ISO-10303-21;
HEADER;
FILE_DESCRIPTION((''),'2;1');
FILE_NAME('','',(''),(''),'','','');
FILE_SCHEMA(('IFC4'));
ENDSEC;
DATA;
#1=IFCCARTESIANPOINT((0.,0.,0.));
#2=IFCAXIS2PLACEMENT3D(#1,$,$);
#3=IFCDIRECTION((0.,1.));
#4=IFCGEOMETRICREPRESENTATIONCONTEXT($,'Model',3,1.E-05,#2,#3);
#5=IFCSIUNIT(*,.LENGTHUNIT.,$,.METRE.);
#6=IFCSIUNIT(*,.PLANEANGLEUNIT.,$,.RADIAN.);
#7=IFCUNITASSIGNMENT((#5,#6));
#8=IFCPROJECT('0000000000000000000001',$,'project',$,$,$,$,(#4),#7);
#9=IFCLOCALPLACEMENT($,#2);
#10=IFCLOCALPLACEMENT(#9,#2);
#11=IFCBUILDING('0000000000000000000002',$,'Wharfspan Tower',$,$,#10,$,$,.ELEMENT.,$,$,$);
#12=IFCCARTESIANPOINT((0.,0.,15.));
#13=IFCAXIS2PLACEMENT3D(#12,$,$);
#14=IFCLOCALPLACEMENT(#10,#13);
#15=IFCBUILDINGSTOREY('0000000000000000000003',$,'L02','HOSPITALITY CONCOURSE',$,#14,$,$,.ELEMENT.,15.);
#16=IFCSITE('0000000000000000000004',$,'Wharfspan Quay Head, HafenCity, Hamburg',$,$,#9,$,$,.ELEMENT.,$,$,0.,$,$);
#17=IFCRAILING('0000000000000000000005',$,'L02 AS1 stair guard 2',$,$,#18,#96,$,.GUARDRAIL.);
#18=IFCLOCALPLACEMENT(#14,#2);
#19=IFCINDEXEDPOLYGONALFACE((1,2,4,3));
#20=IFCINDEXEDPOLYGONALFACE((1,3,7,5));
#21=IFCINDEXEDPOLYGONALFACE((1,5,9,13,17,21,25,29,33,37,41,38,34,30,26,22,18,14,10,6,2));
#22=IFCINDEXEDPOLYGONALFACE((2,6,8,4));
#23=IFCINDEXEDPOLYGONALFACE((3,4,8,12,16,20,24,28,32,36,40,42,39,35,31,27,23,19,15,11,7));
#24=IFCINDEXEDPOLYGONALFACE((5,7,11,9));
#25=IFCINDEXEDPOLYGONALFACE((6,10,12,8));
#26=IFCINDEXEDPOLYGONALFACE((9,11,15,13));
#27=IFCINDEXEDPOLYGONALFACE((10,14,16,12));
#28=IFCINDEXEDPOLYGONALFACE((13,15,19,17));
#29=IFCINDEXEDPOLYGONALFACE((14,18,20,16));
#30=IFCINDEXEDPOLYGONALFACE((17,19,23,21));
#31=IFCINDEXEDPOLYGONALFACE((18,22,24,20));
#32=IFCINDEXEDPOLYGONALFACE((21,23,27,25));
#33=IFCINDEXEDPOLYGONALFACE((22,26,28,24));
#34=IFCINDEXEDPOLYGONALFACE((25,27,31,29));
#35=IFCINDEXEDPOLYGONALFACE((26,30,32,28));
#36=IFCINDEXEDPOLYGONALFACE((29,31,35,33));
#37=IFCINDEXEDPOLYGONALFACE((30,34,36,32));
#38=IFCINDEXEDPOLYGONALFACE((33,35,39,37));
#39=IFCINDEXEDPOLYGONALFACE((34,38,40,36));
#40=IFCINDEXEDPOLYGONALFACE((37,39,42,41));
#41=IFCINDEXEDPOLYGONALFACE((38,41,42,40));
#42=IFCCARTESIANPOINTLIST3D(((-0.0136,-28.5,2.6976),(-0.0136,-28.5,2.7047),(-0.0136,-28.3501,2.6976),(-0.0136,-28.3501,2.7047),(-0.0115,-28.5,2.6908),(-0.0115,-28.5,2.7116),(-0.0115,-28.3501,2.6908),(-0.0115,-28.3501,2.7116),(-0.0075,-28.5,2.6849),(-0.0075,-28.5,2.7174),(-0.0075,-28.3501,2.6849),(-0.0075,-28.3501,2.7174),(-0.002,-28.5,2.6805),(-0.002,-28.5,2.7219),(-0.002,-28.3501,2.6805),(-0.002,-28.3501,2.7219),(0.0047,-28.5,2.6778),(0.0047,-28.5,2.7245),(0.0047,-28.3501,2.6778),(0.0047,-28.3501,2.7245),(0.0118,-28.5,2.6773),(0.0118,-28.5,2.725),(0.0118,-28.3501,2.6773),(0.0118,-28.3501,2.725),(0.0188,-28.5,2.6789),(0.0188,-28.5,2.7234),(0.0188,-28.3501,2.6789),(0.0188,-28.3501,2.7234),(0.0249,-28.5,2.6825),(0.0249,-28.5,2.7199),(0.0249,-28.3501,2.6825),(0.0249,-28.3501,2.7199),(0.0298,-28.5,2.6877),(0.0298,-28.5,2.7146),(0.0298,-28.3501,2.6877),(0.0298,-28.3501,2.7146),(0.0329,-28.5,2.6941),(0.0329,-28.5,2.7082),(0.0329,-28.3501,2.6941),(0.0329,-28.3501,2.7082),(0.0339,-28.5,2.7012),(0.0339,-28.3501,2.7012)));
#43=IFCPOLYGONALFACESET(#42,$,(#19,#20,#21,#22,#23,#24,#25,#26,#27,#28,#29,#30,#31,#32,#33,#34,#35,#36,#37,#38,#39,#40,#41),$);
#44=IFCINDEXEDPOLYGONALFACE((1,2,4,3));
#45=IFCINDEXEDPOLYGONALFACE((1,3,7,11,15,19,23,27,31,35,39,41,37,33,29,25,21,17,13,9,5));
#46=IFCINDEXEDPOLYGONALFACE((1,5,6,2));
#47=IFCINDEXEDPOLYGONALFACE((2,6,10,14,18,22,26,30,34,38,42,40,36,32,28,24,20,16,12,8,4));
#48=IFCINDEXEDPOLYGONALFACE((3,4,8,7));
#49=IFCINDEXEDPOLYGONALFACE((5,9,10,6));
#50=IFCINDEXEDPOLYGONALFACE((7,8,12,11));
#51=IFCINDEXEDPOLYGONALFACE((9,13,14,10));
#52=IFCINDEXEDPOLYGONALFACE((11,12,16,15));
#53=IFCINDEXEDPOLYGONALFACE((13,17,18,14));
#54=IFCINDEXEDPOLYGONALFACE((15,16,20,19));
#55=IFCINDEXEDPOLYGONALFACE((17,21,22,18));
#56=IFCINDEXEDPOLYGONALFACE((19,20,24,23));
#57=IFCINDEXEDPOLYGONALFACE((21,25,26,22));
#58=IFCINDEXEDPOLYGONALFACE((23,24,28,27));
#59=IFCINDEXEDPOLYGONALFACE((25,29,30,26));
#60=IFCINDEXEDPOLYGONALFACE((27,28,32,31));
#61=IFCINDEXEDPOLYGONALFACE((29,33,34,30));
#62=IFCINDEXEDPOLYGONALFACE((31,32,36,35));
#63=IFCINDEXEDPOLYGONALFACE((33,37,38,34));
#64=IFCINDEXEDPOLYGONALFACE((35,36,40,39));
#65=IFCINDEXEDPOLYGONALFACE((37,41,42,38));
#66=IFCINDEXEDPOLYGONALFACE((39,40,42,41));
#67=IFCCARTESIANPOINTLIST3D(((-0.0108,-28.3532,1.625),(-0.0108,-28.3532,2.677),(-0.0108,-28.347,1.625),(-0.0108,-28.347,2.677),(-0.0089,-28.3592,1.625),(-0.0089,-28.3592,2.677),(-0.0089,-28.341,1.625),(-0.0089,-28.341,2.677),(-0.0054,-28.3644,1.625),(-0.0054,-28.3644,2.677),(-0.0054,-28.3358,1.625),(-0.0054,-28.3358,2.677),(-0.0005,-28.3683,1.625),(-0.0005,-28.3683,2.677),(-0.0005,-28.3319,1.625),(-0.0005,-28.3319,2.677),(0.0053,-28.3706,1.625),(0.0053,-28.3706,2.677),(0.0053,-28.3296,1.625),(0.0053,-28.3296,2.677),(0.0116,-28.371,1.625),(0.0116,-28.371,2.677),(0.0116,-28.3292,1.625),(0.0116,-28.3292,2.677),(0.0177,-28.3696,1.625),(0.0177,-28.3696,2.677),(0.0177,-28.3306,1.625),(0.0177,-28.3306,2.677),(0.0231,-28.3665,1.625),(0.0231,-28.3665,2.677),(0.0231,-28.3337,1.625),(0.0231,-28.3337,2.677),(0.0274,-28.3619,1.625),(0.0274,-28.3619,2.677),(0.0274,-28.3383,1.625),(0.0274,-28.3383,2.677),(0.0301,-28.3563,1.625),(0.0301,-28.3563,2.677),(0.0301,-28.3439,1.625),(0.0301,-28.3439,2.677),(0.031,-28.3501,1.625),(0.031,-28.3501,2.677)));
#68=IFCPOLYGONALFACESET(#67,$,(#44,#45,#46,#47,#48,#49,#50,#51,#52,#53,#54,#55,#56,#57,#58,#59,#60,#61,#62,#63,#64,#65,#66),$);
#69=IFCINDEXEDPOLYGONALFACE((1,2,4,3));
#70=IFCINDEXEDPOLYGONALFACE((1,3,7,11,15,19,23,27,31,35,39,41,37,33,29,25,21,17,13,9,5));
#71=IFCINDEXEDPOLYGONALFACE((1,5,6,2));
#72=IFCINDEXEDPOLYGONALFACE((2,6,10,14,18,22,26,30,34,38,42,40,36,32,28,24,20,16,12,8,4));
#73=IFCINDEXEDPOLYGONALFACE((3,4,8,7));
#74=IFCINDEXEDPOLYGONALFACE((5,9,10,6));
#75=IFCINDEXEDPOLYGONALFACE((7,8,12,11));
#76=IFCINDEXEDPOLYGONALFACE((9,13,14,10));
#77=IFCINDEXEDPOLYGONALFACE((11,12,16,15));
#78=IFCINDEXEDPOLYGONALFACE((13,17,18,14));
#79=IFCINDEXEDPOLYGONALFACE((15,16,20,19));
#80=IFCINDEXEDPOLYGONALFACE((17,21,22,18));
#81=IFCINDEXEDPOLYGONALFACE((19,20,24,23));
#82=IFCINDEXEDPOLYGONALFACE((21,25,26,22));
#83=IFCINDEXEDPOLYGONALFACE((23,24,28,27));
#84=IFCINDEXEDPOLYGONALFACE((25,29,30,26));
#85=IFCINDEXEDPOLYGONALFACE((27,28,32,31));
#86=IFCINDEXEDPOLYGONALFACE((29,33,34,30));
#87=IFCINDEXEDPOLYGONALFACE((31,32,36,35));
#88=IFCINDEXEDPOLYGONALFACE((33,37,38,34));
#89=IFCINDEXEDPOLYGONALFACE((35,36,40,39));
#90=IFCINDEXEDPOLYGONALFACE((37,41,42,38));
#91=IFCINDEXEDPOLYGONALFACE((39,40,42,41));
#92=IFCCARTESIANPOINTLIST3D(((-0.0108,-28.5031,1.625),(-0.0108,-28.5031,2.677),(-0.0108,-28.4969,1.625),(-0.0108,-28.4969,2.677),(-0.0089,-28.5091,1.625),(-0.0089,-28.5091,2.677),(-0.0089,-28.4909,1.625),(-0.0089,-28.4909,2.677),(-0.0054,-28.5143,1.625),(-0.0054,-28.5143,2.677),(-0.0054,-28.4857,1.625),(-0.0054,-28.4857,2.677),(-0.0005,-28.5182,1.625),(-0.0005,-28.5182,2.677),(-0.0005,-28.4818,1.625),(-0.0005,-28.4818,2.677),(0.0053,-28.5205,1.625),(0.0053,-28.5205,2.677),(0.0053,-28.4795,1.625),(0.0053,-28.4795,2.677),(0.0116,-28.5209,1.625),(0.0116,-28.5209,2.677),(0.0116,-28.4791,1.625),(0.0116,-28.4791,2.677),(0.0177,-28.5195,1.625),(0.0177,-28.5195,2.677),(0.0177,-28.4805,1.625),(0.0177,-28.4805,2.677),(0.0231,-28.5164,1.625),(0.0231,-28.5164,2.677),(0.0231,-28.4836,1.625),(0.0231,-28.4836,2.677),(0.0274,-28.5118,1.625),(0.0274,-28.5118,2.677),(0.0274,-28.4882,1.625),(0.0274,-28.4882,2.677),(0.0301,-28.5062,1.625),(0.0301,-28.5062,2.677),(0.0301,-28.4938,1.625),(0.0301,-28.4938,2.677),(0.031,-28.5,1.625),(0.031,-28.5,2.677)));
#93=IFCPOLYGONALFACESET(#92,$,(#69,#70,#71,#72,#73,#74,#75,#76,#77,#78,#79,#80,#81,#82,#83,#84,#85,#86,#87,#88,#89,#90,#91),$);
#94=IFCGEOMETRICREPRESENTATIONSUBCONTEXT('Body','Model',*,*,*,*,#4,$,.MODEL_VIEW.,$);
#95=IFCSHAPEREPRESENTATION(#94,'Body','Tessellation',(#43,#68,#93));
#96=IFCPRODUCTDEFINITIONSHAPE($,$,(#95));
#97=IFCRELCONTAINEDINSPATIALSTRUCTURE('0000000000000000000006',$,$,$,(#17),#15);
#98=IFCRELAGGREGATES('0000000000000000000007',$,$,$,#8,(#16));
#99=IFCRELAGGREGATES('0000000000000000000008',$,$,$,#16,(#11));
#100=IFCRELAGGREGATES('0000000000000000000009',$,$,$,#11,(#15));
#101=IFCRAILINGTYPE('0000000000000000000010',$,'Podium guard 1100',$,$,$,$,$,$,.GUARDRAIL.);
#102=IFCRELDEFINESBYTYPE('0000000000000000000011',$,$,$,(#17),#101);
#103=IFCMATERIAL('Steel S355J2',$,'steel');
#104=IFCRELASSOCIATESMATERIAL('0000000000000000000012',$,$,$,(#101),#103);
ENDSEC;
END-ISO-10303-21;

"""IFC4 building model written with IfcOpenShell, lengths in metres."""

from ifc_helpers import new_model, si_unit, direction, frame, origin, origin_2d, place, context, subcontext, project, spatial, circle, extrude, material, type_object, element, save


model = new_model("IFC4")

# Units and contexts
model_context = context("Model", 3, precision=1e-05, world=origin(), true_north=direction((0.0, 1.0)))
body_context = subcontext(model_context, "Body", "Model", "MODEL_VIEW")
ifc_project = project(units=[si_unit("LENGTHUNIT", "METRE"), si_unit("PLANEANGLEUNIT", "RADIAN")], contexts=[model_context])

# Site, building, storey
site_placement = place(None, origin())
site = spatial("IfcSite", under=ifc_project, at=site_placement, Name="Wharfspan Quay Head, HafenCity, Hamburg", CompositionType="ELEMENT", RefElevation=0.0)
building_placement = place(site_placement, origin())
building = spatial("IfcBuilding", under=site, at=building_placement, Name="Wharfspan Tower", CompositionType="ELEMENT")
storey_placement = place(building_placement, frame((0.0, 0.0, 15.0)))
storey = spatial("IfcBuildingStorey", under=building, at=storey_placement, Name="L02", Description="HOSPITALITY CONCOURSE", CompositionType="ELEMENT", Elevation=15.0)

# Railing
ifc_material_1 = material(Name="Steel S355J2", Category="steel")
railing_type_1 = type_object("IfcRailingType", Name="Podium guard 1100", PredefinedType="GUARDRAIL", material=ifc_material_1)
railing_1_placement = place(storey_placement, frame((0.01, -28.3501, 1.625)))
element("IfcRailing", 1, at=railing_1_placement, inside=storey, type_object=railing_type_1, Name="L02 AS1 stair guard 2", PredefinedType="GUARDRAIL", context=body_context, shape_type="SweptSolid", body=[
    extrude(circle(Radius=0.0239, at=origin_2d()), frame((0.0, 0.0, 1.0762), z_axis=(0.0, -1.0, 0.0), x_axis=(1.0, 0.0, 0.0)), (0.0, 0.0, 1.0), 0.1499),
    extrude(circle(Radius=0.021, at=origin_2d()), origin(), (0.0, 0.0, 1.0), 1.052),
    extrude(circle(Radius=0.021, at=origin_2d()), frame((0.0, -0.1499, 0.0)), (0.0, 0.0, 1.0), 1.052),
])

save(model, "model.ifc")
